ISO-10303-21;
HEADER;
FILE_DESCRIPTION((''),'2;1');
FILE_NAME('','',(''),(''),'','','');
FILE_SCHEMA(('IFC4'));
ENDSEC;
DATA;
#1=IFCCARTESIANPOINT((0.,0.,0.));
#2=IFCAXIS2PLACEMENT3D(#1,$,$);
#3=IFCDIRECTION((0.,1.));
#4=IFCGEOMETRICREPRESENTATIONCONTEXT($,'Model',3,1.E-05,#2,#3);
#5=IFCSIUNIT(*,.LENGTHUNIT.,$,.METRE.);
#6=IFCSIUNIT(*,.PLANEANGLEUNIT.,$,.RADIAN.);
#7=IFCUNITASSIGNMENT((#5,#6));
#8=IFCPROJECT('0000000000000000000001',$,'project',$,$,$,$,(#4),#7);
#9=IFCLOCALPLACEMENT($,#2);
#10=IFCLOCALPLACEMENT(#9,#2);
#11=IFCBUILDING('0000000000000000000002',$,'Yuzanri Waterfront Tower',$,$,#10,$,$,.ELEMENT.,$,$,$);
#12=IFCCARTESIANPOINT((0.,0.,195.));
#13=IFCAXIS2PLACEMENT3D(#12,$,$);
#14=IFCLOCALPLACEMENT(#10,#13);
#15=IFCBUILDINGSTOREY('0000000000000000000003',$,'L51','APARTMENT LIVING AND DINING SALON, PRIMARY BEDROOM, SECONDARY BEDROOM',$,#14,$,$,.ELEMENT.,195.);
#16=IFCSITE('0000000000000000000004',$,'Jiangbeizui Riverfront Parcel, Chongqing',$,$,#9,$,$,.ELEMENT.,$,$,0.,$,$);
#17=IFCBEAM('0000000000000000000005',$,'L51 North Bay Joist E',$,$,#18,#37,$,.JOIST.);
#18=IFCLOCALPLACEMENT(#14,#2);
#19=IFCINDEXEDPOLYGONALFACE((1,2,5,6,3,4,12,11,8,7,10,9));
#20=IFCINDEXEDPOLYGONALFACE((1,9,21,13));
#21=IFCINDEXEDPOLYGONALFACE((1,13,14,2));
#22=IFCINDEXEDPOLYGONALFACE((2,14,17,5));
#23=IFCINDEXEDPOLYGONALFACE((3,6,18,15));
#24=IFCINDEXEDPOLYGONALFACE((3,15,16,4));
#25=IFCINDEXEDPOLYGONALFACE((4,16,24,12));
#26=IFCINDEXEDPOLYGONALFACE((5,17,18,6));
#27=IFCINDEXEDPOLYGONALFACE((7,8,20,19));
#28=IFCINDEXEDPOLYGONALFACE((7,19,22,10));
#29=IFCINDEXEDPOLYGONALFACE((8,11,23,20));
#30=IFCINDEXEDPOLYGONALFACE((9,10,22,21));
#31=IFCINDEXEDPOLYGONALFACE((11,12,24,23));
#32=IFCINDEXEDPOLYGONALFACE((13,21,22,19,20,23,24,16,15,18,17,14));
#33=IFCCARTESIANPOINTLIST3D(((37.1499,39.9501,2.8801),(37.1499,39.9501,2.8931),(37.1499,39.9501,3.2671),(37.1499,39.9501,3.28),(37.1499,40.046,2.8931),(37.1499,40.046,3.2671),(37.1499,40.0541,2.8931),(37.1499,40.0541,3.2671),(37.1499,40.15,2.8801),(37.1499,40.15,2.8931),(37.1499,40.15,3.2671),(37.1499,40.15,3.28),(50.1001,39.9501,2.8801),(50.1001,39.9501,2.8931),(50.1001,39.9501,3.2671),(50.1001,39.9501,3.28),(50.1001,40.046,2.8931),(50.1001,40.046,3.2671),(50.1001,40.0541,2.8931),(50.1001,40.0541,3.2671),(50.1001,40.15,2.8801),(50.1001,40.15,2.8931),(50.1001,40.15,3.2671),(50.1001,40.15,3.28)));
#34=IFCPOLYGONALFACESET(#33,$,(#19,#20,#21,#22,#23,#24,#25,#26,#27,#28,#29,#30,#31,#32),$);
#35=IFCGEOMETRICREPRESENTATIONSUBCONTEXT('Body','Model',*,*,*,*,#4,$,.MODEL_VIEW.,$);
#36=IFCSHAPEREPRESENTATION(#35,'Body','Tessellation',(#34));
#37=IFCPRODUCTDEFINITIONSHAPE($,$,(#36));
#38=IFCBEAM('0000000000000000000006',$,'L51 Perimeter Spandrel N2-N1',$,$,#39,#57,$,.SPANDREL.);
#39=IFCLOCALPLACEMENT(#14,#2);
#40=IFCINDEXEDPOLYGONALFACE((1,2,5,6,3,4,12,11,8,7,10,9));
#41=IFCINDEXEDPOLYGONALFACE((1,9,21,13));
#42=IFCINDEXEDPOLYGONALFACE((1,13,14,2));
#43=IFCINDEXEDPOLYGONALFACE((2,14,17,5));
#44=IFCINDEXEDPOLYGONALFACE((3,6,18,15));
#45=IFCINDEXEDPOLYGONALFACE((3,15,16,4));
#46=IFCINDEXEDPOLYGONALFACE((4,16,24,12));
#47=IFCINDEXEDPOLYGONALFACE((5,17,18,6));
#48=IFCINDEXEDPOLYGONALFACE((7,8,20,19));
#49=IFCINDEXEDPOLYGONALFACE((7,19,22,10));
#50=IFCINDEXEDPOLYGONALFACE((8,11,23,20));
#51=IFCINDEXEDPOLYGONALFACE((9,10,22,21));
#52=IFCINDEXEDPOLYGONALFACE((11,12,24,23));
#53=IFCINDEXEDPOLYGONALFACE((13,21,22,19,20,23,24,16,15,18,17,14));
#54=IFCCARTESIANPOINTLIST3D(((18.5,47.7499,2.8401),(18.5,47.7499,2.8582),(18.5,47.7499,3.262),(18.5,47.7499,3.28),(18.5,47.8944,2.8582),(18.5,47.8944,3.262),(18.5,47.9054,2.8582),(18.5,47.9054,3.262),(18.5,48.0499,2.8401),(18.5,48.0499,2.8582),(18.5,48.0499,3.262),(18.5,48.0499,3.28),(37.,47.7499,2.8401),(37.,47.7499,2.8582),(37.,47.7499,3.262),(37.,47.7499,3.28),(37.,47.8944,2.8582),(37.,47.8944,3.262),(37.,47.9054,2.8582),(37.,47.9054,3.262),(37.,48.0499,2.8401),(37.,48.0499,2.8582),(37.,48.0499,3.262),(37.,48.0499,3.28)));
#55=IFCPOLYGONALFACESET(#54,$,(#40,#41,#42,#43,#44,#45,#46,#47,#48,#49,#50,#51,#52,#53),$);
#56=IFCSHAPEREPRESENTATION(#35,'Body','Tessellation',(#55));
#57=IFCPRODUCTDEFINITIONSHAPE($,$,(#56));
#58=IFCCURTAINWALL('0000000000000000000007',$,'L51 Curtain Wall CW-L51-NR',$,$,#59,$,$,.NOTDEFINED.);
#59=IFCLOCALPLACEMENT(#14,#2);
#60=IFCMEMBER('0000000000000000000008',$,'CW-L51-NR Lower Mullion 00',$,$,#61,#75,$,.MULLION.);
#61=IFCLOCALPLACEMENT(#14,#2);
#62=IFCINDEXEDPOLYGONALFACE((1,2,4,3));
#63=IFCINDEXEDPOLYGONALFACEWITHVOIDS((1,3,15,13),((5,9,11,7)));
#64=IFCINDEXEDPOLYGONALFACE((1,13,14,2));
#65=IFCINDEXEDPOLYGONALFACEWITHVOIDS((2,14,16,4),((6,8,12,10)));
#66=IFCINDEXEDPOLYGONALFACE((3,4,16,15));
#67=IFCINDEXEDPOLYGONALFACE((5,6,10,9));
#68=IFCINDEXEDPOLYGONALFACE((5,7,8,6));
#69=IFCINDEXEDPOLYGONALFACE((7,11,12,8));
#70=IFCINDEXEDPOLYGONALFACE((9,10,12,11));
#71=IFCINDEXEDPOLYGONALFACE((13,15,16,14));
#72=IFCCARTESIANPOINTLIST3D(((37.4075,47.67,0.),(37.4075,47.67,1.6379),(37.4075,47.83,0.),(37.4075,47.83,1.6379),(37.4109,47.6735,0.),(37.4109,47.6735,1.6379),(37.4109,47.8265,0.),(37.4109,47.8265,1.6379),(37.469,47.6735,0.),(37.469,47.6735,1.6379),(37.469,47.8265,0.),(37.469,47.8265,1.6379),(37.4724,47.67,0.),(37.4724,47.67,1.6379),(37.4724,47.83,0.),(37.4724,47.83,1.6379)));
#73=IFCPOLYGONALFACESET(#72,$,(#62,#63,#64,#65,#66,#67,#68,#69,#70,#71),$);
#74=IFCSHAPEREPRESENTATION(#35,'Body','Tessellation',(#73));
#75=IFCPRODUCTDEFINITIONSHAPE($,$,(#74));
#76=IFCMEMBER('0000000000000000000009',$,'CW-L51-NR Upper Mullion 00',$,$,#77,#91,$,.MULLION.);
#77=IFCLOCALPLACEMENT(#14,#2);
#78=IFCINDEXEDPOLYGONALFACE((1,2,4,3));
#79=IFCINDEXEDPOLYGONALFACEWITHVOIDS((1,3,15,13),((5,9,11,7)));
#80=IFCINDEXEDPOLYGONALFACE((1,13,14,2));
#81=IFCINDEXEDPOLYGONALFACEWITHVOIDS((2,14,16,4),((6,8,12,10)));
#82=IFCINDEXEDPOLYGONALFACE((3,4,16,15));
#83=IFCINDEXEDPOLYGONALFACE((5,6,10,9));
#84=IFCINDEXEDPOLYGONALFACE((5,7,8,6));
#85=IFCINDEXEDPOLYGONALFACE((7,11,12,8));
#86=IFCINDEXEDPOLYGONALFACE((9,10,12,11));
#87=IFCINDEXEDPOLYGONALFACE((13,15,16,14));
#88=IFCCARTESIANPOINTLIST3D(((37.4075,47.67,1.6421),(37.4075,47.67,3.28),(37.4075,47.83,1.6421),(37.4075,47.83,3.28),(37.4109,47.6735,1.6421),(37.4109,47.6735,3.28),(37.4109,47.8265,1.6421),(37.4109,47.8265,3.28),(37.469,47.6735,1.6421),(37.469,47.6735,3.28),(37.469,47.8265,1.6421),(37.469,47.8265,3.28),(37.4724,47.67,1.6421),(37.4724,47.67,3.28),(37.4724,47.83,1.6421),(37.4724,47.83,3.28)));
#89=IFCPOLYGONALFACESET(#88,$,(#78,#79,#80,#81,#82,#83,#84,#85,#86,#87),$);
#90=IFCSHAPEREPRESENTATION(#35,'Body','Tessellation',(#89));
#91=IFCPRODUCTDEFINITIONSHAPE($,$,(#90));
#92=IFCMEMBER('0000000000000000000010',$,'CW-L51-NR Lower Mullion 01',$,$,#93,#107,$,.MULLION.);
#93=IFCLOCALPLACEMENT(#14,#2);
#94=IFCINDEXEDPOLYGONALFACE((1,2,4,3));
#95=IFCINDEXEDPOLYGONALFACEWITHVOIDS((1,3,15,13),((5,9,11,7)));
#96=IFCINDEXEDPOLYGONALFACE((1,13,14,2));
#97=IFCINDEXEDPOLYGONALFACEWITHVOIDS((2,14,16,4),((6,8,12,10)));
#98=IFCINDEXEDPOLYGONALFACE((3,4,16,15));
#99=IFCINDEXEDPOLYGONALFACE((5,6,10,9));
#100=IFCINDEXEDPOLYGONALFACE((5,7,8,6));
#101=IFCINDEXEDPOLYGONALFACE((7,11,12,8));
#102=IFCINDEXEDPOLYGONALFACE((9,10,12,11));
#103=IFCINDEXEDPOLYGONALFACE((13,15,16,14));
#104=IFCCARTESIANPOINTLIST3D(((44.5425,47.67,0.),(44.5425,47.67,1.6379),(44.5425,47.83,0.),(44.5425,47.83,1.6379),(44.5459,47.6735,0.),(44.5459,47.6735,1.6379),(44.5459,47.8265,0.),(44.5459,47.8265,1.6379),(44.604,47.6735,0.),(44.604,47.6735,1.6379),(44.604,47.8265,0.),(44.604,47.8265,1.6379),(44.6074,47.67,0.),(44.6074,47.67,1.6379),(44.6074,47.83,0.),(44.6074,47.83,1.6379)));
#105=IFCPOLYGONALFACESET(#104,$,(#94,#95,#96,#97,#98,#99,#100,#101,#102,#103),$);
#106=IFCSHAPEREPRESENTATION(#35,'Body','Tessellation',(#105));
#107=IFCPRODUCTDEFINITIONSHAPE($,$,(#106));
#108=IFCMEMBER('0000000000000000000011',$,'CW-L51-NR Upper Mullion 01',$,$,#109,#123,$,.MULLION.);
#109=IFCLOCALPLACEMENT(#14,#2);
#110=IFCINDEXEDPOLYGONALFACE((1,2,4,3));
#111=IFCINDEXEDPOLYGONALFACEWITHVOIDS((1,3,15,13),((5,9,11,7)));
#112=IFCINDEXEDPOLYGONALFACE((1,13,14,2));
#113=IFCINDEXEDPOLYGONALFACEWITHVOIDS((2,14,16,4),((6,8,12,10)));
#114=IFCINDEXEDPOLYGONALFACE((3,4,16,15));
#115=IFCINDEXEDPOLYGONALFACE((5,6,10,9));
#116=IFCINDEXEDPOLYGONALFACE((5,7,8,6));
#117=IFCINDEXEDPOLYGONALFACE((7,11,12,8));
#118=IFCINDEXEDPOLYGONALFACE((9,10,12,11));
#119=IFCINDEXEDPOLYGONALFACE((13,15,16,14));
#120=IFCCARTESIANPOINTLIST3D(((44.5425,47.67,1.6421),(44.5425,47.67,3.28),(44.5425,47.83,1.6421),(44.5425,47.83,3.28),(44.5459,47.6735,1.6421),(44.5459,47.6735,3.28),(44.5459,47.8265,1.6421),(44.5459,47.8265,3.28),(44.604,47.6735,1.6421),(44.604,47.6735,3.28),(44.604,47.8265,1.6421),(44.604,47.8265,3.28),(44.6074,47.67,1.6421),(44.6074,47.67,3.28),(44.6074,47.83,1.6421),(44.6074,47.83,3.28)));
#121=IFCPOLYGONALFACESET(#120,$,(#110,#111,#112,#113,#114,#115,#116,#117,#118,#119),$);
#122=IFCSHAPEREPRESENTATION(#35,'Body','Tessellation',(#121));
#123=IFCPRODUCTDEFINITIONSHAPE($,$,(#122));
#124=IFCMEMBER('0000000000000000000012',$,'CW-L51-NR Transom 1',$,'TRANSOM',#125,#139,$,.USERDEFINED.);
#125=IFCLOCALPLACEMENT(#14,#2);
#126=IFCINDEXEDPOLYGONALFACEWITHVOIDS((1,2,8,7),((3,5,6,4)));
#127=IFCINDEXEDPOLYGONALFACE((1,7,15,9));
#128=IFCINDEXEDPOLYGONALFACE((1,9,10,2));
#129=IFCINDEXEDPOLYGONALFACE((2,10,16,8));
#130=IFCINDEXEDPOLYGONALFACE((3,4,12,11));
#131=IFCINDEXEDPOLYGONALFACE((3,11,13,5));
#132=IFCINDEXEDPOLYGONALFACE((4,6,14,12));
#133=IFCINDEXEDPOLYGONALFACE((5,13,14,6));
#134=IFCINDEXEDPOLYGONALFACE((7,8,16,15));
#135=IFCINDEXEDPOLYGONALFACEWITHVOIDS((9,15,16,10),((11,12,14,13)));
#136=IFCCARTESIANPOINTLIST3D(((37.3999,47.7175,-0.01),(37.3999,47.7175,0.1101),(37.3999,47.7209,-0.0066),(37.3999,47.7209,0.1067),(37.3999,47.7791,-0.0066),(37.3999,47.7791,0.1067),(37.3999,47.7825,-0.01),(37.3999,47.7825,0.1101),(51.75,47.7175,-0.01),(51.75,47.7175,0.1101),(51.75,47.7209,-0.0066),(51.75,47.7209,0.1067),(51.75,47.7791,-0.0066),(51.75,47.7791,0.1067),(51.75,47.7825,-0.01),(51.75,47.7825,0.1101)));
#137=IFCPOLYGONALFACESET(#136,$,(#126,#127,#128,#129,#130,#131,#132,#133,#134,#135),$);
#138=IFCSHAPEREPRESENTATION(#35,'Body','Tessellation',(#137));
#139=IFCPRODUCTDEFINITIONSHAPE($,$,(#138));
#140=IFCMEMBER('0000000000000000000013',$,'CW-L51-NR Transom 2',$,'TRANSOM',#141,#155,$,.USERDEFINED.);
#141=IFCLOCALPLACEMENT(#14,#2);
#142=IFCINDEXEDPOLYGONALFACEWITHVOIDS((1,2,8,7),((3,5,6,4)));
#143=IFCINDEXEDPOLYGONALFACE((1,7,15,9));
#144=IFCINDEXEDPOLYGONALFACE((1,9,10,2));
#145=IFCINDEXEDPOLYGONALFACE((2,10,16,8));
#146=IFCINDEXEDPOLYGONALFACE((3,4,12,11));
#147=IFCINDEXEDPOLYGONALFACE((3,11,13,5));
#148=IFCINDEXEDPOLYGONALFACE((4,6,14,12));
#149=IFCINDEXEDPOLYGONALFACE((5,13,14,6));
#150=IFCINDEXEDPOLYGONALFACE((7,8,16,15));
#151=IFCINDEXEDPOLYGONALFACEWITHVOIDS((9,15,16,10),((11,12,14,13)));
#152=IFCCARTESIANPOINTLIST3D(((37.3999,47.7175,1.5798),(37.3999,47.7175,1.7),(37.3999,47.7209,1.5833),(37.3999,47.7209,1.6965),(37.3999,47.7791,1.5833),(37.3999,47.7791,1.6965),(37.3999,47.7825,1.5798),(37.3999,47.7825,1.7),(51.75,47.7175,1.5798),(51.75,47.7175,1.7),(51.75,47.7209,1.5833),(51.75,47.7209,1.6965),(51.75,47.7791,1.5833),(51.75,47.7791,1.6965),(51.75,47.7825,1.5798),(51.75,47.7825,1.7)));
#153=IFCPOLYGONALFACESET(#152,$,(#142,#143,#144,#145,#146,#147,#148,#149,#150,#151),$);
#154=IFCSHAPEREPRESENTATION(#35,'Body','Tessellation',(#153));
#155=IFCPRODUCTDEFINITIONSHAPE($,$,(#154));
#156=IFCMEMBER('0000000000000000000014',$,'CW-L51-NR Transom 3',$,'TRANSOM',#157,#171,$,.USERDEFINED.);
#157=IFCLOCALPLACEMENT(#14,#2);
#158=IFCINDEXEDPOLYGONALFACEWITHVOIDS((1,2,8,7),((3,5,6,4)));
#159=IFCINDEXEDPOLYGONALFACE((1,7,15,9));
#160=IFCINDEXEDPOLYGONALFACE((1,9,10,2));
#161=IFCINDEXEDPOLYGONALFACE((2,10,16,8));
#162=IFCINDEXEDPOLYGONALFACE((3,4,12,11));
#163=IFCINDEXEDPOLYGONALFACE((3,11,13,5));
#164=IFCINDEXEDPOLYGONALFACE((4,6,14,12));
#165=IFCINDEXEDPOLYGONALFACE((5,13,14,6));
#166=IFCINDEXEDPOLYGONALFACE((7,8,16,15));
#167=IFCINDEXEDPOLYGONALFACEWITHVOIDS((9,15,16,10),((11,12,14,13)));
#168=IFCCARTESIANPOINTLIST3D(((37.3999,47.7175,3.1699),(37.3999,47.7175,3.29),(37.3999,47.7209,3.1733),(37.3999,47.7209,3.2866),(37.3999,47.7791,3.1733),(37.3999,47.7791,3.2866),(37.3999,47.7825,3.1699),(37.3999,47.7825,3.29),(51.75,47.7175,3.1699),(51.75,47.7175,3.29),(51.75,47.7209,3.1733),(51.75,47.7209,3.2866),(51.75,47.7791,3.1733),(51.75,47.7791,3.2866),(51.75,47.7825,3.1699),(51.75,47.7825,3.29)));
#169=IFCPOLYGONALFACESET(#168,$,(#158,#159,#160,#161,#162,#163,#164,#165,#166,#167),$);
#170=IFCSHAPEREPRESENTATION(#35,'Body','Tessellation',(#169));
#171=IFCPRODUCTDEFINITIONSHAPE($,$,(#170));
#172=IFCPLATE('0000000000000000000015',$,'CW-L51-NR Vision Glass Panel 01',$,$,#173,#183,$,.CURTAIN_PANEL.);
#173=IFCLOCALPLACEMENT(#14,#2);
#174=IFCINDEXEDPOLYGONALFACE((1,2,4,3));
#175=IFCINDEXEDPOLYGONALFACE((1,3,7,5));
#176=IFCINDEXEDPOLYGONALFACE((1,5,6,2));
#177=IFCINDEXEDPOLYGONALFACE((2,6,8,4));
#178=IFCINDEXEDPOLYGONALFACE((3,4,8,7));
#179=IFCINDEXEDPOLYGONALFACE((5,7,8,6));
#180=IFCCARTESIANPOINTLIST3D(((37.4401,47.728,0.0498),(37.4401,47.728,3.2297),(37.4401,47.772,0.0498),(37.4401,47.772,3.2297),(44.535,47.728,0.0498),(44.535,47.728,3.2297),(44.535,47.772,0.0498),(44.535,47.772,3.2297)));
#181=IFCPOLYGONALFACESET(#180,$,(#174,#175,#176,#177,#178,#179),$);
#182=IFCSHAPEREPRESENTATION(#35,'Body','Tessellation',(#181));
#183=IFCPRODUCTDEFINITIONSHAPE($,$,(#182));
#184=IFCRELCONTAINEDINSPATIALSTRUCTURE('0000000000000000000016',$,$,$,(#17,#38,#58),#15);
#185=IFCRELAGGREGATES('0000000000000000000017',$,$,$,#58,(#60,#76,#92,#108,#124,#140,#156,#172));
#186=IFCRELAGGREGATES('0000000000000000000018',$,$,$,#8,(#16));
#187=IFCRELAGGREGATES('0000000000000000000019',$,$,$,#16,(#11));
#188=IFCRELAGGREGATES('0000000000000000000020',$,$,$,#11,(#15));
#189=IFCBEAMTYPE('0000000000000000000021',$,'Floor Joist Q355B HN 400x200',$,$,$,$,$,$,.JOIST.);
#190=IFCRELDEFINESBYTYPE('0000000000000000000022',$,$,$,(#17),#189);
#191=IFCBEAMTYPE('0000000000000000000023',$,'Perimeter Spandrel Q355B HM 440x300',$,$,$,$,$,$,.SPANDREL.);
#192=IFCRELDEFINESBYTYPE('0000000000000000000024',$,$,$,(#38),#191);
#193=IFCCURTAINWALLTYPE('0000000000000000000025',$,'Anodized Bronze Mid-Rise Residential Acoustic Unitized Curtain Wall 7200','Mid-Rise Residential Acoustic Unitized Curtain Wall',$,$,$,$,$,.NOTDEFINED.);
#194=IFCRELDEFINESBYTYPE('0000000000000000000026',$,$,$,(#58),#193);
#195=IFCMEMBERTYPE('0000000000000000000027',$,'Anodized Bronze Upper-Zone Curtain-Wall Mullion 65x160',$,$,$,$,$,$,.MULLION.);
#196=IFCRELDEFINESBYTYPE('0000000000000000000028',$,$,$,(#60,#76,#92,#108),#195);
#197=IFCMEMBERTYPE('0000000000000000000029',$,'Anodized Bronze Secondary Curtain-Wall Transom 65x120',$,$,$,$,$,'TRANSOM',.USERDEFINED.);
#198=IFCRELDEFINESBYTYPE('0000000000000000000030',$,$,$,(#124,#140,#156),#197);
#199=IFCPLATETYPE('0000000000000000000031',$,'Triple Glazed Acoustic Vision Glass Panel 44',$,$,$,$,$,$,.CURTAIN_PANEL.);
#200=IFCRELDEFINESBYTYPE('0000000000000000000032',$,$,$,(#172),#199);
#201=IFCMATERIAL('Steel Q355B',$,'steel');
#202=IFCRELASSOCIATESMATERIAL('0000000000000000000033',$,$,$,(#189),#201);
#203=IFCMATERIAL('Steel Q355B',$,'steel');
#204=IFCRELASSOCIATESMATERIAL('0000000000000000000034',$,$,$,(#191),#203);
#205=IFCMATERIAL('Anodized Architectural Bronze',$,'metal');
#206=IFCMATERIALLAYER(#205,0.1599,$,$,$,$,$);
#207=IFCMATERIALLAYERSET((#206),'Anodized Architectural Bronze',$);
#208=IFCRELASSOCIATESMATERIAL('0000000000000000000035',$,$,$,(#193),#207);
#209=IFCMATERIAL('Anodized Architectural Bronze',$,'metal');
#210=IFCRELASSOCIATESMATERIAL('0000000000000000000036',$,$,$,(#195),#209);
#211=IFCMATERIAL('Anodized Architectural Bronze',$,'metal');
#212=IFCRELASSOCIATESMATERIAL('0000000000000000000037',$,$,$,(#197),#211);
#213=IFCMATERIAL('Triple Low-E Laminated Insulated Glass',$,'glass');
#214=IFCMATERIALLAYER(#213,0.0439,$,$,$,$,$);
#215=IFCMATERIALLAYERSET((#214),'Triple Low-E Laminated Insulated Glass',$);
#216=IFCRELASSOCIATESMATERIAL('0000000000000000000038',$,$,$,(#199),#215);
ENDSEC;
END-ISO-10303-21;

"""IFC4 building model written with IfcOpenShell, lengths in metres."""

from ifc_helpers import new_model, si_unit, direction, frame, origin, origin_2d, place, context, subcontext, project, spatial, rectangle, hollow_rectangle, i_section, extrude, source, transform, mapped, material, layer, layer_set, material_profile, profile_set, type_object, element, aggregate, save


model = new_model("IFC4")

# Units and contexts
model_context = context("Model", 3, precision=1e-05, world=origin(), true_north=direction((0.0, 1.0)))
body_context = subcontext(model_context, "Body", "Model", "MODEL_VIEW")
ifc_project = project(units=[si_unit("LENGTHUNIT", "METRE"), si_unit("PLANEANGLEUNIT", "RADIAN")], contexts=[model_context])

# Site, building, storey
site_placement = place(None, origin())
site = spatial("IfcSite", under=ifc_project, at=site_placement, Name="Jiangbeizui Riverfront Parcel, Chongqing", CompositionType="ELEMENT", RefElevation=0.0)
building_placement = place(site_placement, origin())
building = spatial("IfcBuilding", under=site, at=building_placement, Name="Yuzanri Waterfront Tower", CompositionType="ELEMENT")
storey_placement = place(building_placement, frame((0.0, 0.0, 195.0)))
storey = spatial("IfcBuildingStorey", under=building, at=storey_placement, Name="L51", Description="APARTMENT LIVING AND DINING SALON, PRIMARY BEDROOM, SECONDARY BEDROOM", CompositionType="ELEMENT", Elevation=195.0)

# Beams
ifc_material_1 = material(Name="Steel Q355B", Category="steel")
ifc_material_profile_1 = material_profile(ifc_material_1, i_section(OverallWidth=0.2, OverallDepth=0.3999, WebThickness=0.0081, FlangeThickness=0.0129, at=origin_2d()), Name="HN 400x200x8x13")
ifc_profile_set_1 = profile_set([ifc_material_profile_1], Name="Steel Q355B")
beam_type_1 = type_object("IfcBeamType", Name="Floor Joist Q355B HN 400x200", PredefinedType="JOIST", material=ifc_profile_set_1)
shared_shape_1 = source(origin(), body_context, "Body", "SweptSolid", [
    extrude(i_section(OverallWidth=0.2, OverallDepth=0.3999, WebThickness=0.0081, FlangeThickness=0.0129, at=origin_2d()), origin(), (0.0, 0.0, 1.0), 12.9502),
])
beam_1_placement = place(storey_placement, frame((37.1499, 40.05, 3.0801), z_axis=(1.0, 0.0, 0.0), x_axis=(0.0, 1.0, 0.0)))
element("IfcBeam", 1, at=beam_1_placement, inside=storey, type_object=beam_type_1, Name="L51 North Bay Joist E", PredefinedType="JOIST", context=body_context, shape_type="MappedRepresentation", body=[
    mapped(shared_shape_1, transform((0.0, 0.0, 0.0), scale=1.0)),
])
ifc_material_2 = material(Name="Steel Q355B", Category="steel")
ifc_material_profile_2 = material_profile(ifc_material_2, i_section(OverallWidth=0.3, OverallDepth=0.4399, WebThickness=0.011, FlangeThickness=0.0181, at=origin_2d()), Name="HM 440x300x11x18")
ifc_profile_set_2 = profile_set([ifc_material_profile_2], Name="Steel Q355B")
beam_type_2 = type_object("IfcBeamType", Name="Perimeter Spandrel Q355B HM 440x300", PredefinedType="SPANDREL", material=ifc_profile_set_2)
shared_shape_2 = source(origin(), body_context, "Body", "SweptSolid", [
    extrude(i_section(OverallWidth=0.3, OverallDepth=0.4399, WebThickness=0.011, FlangeThickness=0.0181, at=origin_2d()), origin(), (0.0, 0.0, 1.0), 18.5),
])
beam_2_placement = place(storey_placement, frame((37.0, 47.8999, 3.0601), z_axis=(-1.0, 0.0, 0.0), x_axis=(0.0, -1.0, 0.0)))
element("IfcBeam", 2, at=beam_2_placement, inside=storey, type_object=beam_type_2, Name="L51 Perimeter Spandrel N2-N1", PredefinedType="SPANDREL", context=body_context, shape_type="MappedRepresentation", body=[
    mapped(shared_shape_2, transform((0.0, 0.0, 0.0), scale=1.0)),
])

# Curtain wall, members, plate
ifc_material_3 = material(Name="Anodized Architectural Bronze", Category="metal")
ifc_layer_1 = layer(ifc_material_3, 0.1599)
ifc_layer_set_1 = layer_set([ifc_layer_1], Name="Anodized Architectural Bronze")
curtain_wall_type = type_object("IfcCurtainWallType", Name="Anodized Bronze Mid-Rise Residential Acoustic Unitized Curtain Wall 7200", Description="Mid-Rise Residential Acoustic Unitized Curtain Wall", PredefinedType="NOTDEFINED", material=ifc_layer_set_1)
curtain_wall_placement = place(storey_placement, origin())
curtain_wall = element("IfcCurtainWall", 3, at=curtain_wall_placement, inside=storey, type_object=curtain_wall_type, Name="L51 Curtain Wall CW-L51-NR", PredefinedType="NOTDEFINED")
ifc_material_4 = material(Name="Anodized Architectural Bronze", Category="metal")
ifc_material_profile_3 = material_profile(ifc_material_4, hollow_rectangle(XDim=0.0649, YDim=0.1599, WallThickness=0.0034, at=origin_2d()), Name="CWM 65x160")
ifc_profile_set_3 = profile_set([ifc_material_profile_3], Name="Anodized Architectural Bronze")
member_type_1 = type_object("IfcMemberType", Name="Anodized Bronze Upper-Zone Curtain-Wall Mullion 65x160", PredefinedType="MULLION", material=ifc_profile_set_3)
shared_shape_3 = source(origin(), body_context, "Body", "SweptSolid", [
    extrude(hollow_rectangle(XDim=0.0649, YDim=0.1599, WallThickness=0.0034, at=origin_2d()), origin(), (0.0, 0.0, 1.0), 1.6379),
])
member_1_placement = place(storey_placement, frame((37.4399, 47.75, 0.0), z_axis=(0.0, 0.0, 1.0), x_axis=(1.0, 0.0, 0.0)))
member_1 = element("IfcMember", 4, at=member_1_placement, type_object=member_type_1, Name="CW-L51-NR Lower Mullion 00", PredefinedType="MULLION", context=body_context, shape_type="MappedRepresentation", body=[
    mapped(shared_shape_3, transform((0.0, 0.0, 0.0), scale=1.0)),
])
member_2_placement = place(storey_placement, frame((37.4399, 47.75, 1.6421), z_axis=(0.0, 0.0, 1.0), x_axis=(1.0, 0.0, 0.0)))
member_2 = element("IfcMember", 5, at=member_2_placement, type_object=member_type_1, Name="CW-L51-NR Upper Mullion 00", PredefinedType="MULLION", context=body_context, shape_type="MappedRepresentation", body=[
    mapped(shared_shape_3, transform((0.0, 0.0, 0.0), scale=1.0)),
])
member_3_placement = place(storey_placement, frame((44.575, 47.75, 0.0), z_axis=(0.0, 0.0, 1.0), x_axis=(1.0, 0.0, 0.0)))
member_3 = element("IfcMember", 6, at=member_3_placement, type_object=member_type_1, Name="CW-L51-NR Lower Mullion 01", PredefinedType="MULLION", context=body_context, shape_type="MappedRepresentation", body=[
    mapped(shared_shape_3, transform((0.0, 0.0, 0.0), scale=1.0)),
])
member_4_placement = place(storey_placement, frame((44.575, 47.75, 1.6421), z_axis=(0.0, 0.0, 1.0), x_axis=(1.0, 0.0, 0.0)))
member_4 = element("IfcMember", 7, at=member_4_placement, type_object=member_type_1, Name="CW-L51-NR Upper Mullion 01", PredefinedType="MULLION", context=body_context, shape_type="MappedRepresentation", body=[
    mapped(shared_shape_3, transform((0.0, 0.0, 0.0), scale=1.0)),
])
ifc_material_5 = material(Name="Anodized Architectural Bronze", Category="metal")
ifc_material_profile_4 = material_profile(ifc_material_5, hollow_rectangle(XDim=0.0649, YDim=0.1201, WallThickness=0.0034, at=origin_2d()), Name="CWT 65x120")
ifc_profile_set_4 = profile_set([ifc_material_profile_4], Name="Anodized Architectural Bronze")
member_type_2 = type_object("IfcMemberType", Name="Anodized Bronze Secondary Curtain-Wall Transom 65x120", ElementType="TRANSOM", PredefinedType="USERDEFINED", material=ifc_profile_set_4)
shared_shape_4 = source(origin(), body_context, "Body", "SweptSolid", [
    extrude(hollow_rectangle(XDim=0.0649, YDim=0.1201, WallThickness=0.0034, at=origin_2d()), origin(), (0.0, 0.0, 1.0), 14.3501),
])
member_5_placement = place(storey_placement, frame((37.3999, 47.75, 0.05), z_axis=(1.0, 0.0, 0.0), x_axis=(0.0, 1.0, 0.0)))
member_5 = element("IfcMember", 8, at=member_5_placement, type_object=member_type_2, Name="CW-L51-NR Transom 1", ObjectType="TRANSOM", PredefinedType="USERDEFINED", context=body_context, shape_type="MappedRepresentation", body=[
    mapped(shared_shape_4, transform((0.0, 0.0, 0.0), scale=1.0)),
])
member_6_placement = place(storey_placement, frame((37.3999, 47.75, 1.6399), z_axis=(1.0, 0.0, 0.0), x_axis=(0.0, 1.0, 0.0)))
member_6 = element("IfcMember", 9, at=member_6_placement, type_object=member_type_2, Name="CW-L51-NR Transom 2", ObjectType="TRANSOM", PredefinedType="USERDEFINED", context=body_context, shape_type="MappedRepresentation", body=[
    mapped(shared_shape_4, transform((0.0, 0.0, 0.0), scale=1.0)),
])
member_7_placement = place(storey_placement, frame((37.3999, 47.75, 3.23), z_axis=(1.0, 0.0, 0.0), x_axis=(0.0, 1.0, 0.0)))
member_7 = element("IfcMember", 10, at=member_7_placement, type_object=member_type_2, Name="CW-L51-NR Transom 3", ObjectType="TRANSOM", PredefinedType="USERDEFINED", context=body_context, shape_type="MappedRepresentation", body=[
    mapped(shared_shape_4, transform((0.0, 0.0, 0.0), scale=1.0)),
])
ifc_material_6 = material(Name="Triple Low-E Laminated Insulated Glass", Category="glass")
ifc_layer_2 = layer(ifc_material_6, 0.0439)
ifc_layer_set_2 = layer_set([ifc_layer_2], Name="Triple Low-E Laminated Insulated Glass")
plate_type = type_object("IfcPlateType", Name="Triple Glazed Acoustic Vision Glass Panel 44", PredefinedType="CURTAIN_PANEL", material=ifc_layer_set_2)
shared_shape_5 = source(origin(), body_context, "Body", "SweptSolid", [
    extrude(rectangle(XDim=7.095, YDim=0.0439, at=origin_2d()), origin(), (0.0, 0.0, 1.0), 3.1799),
])
plate_1_placement = place(storey_placement, frame((40.9875, 47.75, 0.0498), z_axis=(0.0, 0.0, 1.0), x_axis=(1.0, 0.0, 0.0)))
plate_1 = element("IfcPlate", 11, at=plate_1_placement, type_object=plate_type, Name="CW-L51-NR Vision Glass Panel 01", PredefinedType="CURTAIN_PANEL", context=body_context, shape_type="MappedRepresentation", body=[
    mapped(shared_shape_5, transform((0.0, 0.0, 0.0), scale=1.0)),
])
aggregate(curtain_wall, [member_1, member_2, member_3, member_4, member_5, member_6, member_7, plate_1])

save(model, "model.ifc")
